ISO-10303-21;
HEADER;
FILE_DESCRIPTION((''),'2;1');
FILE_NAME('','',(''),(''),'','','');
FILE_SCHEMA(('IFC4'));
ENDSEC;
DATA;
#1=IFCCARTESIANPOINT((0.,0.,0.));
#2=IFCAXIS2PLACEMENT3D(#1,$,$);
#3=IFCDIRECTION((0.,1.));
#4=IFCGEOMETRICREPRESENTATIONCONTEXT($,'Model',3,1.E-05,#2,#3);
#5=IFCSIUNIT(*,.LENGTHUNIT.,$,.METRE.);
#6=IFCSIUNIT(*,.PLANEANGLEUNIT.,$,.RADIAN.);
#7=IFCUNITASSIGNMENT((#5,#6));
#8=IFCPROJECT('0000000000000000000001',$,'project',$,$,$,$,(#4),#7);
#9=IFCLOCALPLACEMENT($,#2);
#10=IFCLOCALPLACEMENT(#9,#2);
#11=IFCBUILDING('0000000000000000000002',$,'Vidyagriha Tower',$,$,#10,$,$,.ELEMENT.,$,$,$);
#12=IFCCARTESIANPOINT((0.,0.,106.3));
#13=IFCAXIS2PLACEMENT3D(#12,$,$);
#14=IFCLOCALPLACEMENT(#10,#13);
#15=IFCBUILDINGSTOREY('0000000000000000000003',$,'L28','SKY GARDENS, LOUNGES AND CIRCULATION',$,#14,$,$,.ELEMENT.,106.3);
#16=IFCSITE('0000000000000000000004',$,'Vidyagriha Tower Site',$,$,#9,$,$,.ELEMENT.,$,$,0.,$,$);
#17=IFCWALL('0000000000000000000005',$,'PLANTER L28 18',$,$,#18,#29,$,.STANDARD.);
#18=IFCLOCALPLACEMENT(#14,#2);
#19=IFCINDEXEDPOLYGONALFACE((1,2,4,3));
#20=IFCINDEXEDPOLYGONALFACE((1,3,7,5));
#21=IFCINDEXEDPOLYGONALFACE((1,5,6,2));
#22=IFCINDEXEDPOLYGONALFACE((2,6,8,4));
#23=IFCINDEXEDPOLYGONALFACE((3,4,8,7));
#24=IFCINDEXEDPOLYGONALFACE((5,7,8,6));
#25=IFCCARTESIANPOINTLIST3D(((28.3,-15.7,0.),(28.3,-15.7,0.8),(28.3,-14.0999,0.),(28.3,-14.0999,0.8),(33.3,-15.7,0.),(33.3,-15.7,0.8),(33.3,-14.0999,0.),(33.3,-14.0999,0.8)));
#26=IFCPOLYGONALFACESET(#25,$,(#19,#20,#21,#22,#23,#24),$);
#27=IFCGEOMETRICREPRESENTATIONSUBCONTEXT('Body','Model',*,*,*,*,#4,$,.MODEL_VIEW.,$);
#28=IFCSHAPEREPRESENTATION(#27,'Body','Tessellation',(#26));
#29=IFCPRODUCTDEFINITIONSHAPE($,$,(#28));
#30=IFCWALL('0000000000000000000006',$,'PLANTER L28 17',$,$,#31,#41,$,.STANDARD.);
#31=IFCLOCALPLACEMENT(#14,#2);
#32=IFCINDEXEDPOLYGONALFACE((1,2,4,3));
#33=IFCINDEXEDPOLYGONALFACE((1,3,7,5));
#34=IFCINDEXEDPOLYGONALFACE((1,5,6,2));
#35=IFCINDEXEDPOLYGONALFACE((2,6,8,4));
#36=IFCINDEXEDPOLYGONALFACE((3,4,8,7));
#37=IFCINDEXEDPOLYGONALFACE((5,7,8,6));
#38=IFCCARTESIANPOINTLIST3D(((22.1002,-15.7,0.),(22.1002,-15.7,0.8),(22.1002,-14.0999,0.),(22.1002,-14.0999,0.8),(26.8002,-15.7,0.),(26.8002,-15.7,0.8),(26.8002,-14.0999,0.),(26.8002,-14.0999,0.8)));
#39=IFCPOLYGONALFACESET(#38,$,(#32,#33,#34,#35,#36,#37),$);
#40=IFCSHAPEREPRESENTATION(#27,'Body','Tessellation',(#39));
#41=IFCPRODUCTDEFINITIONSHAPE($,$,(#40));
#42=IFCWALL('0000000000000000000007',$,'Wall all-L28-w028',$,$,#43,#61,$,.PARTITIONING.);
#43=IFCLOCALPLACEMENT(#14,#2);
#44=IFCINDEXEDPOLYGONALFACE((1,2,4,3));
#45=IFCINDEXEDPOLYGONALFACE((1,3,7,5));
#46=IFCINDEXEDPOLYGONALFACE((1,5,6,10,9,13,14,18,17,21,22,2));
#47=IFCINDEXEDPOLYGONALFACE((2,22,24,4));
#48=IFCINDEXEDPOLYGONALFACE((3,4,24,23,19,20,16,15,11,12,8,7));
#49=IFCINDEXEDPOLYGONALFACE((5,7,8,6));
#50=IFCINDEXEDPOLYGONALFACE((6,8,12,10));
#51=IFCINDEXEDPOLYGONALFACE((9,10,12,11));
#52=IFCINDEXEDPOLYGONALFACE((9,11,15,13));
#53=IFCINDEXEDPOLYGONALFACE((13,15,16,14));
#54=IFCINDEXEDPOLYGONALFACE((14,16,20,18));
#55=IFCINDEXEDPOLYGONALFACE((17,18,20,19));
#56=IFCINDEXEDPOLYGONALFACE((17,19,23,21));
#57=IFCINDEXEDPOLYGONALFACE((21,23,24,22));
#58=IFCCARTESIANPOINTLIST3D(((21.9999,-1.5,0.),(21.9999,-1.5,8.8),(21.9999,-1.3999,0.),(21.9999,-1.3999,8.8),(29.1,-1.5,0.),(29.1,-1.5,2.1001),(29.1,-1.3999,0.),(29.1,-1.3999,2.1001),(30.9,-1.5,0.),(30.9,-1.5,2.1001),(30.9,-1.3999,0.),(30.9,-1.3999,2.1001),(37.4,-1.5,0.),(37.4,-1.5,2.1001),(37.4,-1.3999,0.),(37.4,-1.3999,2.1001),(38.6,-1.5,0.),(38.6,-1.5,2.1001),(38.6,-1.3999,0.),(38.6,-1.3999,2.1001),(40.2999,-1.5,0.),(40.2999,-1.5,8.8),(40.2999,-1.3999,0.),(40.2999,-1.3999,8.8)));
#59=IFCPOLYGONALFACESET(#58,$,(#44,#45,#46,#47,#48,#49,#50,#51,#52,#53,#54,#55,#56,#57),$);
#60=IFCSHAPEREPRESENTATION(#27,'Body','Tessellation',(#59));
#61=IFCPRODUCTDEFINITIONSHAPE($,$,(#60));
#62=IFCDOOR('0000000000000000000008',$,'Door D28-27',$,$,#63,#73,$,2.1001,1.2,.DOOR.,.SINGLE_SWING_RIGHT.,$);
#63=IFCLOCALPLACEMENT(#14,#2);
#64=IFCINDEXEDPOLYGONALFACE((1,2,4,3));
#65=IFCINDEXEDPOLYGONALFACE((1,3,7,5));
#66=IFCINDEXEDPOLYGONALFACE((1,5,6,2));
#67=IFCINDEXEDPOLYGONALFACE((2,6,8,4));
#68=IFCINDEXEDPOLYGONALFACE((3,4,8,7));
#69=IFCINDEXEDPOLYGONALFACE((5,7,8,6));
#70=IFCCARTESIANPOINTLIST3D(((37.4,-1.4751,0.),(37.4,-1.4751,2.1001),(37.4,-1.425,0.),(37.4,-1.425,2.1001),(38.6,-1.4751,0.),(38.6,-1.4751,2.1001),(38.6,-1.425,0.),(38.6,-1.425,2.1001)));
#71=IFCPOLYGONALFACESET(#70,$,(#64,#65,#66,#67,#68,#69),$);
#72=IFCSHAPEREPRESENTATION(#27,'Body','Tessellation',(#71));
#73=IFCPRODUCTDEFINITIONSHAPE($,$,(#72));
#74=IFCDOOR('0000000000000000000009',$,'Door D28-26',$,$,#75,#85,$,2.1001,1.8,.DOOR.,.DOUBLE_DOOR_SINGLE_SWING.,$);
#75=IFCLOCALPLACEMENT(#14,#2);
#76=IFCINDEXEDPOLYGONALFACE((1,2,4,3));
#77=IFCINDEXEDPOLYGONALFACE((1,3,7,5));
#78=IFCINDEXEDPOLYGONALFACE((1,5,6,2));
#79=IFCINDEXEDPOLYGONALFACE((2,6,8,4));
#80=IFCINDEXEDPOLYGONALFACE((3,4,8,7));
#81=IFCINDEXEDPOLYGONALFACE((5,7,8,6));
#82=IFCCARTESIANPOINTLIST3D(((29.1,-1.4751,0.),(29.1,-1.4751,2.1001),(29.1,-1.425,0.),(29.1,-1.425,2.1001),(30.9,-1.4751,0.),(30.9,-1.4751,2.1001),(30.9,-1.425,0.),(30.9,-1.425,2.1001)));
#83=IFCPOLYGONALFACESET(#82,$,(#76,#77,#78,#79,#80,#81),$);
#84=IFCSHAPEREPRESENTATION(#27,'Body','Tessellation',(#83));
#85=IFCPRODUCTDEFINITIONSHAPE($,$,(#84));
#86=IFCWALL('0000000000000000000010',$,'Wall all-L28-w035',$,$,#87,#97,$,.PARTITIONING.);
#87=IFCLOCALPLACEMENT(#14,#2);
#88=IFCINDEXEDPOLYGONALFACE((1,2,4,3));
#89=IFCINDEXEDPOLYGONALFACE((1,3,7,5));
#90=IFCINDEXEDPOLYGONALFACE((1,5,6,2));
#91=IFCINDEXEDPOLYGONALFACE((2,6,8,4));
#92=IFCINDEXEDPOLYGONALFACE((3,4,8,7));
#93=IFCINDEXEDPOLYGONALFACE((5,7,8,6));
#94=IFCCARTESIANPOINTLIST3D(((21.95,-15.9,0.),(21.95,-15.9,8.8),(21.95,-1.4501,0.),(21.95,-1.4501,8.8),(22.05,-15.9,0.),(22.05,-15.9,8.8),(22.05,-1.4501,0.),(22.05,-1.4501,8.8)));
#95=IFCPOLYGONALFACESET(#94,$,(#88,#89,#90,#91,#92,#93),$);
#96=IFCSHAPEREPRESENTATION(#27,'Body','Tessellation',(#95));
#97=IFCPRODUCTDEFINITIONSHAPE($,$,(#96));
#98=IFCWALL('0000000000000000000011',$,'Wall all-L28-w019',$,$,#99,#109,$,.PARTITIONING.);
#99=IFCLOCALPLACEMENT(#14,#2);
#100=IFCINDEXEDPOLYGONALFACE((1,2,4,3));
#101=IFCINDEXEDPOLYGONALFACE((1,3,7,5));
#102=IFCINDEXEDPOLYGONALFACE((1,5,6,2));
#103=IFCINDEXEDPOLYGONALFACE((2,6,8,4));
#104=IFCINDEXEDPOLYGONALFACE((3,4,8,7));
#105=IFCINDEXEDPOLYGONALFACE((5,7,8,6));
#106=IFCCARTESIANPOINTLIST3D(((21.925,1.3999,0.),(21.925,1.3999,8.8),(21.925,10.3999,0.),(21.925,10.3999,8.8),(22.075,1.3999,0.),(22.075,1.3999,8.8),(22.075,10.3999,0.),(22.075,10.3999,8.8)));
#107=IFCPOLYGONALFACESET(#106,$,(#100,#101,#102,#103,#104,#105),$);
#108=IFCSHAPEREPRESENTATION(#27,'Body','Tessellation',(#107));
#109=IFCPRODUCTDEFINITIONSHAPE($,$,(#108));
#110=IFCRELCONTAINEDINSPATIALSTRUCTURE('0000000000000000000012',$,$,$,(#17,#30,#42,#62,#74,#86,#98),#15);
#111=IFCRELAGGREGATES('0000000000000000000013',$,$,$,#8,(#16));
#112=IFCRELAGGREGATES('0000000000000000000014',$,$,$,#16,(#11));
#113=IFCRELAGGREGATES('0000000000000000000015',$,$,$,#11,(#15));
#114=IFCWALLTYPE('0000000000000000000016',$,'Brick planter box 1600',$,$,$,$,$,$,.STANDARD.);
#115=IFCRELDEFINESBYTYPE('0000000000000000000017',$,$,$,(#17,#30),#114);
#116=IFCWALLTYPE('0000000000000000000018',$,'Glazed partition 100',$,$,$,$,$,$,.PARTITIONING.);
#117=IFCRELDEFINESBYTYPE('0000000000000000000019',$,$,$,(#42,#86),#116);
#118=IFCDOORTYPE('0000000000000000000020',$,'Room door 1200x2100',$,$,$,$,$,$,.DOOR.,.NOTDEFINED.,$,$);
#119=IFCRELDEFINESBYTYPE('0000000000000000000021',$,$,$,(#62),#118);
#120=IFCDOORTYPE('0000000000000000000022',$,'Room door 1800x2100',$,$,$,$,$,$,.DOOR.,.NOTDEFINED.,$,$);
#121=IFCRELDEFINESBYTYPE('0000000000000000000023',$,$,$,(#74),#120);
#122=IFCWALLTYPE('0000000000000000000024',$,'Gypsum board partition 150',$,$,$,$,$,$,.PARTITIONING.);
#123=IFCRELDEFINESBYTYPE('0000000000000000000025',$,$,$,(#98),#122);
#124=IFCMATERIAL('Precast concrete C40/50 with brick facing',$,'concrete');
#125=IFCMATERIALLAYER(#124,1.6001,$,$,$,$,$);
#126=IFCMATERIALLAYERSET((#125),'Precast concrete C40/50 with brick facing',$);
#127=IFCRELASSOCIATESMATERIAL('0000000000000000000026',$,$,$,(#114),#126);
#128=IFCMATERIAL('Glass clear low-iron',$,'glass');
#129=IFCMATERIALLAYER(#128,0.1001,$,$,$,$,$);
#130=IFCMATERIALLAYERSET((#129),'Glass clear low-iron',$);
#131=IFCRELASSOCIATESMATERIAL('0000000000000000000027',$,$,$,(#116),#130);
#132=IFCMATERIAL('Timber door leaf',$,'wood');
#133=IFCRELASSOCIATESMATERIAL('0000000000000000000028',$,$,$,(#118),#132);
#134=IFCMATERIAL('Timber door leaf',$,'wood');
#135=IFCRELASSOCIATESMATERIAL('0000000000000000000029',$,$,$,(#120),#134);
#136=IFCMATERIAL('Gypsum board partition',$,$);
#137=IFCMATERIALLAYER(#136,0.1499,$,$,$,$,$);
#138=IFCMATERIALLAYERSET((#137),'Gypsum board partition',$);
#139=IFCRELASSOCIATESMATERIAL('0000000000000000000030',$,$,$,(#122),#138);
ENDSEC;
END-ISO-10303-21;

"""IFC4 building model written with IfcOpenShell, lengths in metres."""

from ifc_helpers import new_model, si_unit, direction, frame, frame_2d, origin, place, context, subcontext, project, spatial, rectangle, extrude, material, layer, layer_set, type_object, element, fill, save


model = new_model("IFC4")

# Units and contexts
model_context = context("Model", 3, precision=1e-05, world=origin(), true_north=direction((0.0, 1.0)))
body_context = subcontext(model_context, "Body", "Model", "MODEL_VIEW")
ifc_project = project(units=[si_unit("LENGTHUNIT", "METRE"), si_unit("PLANEANGLEUNIT", "RADIAN")], contexts=[model_context])

# Site, building, storey
site_placement = place(None, origin())
site = spatial("IfcSite", under=ifc_project, at=site_placement, Name="Vidyagriha Tower Site", CompositionType="ELEMENT", RefElevation=0.0)
building_placement = place(site_placement, origin())
building = spatial("IfcBuilding", under=site, at=building_placement, Name="Vidyagriha Tower", CompositionType="ELEMENT")
storey_placement = place(building_placement, frame((0.0, 0.0, 106.3)))
storey = spatial("IfcBuildingStorey", under=building, at=storey_placement, Name="L28", Description="SKY GARDENS, LOUNGES AND CIRCULATION", CompositionType="ELEMENT", Elevation=106.3)

# Walls
ifc_material_1 = material(Name="Precast concrete C40/50 with brick facing", Category="concrete")
ifc_layer_1 = layer(ifc_material_1, 1.6001)
ifc_layer_set_1 = layer_set([ifc_layer_1], Name="Precast concrete C40/50 with brick facing")
wall_type_1 = type_object("IfcWallType", Name="Brick planter box 1600", PredefinedType="STANDARD", material=ifc_layer_set_1)
wall_1_placement = place(storey_placement, frame((28.3, -14.8999, 0.0)))
element("IfcWall", 1, at=wall_1_placement, inside=storey, type_object=wall_type_1, Name="PLANTER L28 18", PredefinedType="STANDARD", context=body_context, shape_type="SweptSolid", body=[
    extrude(rectangle(XDim=5.0, YDim=1.6001, at=frame_2d((2.5, 0.0))), origin(), (0.0, 0.0, 1.0), 0.8),
])
wall_2_placement = place(storey_placement, frame((22.1001, -14.8999, 0.0)))
element("IfcWall", 2, at=wall_2_placement, inside=storey, type_object=wall_type_1, Name="PLANTER L28 17", PredefinedType="STANDARD", context=body_context, shape_type="SweptSolid", body=[
    extrude(rectangle(XDim=4.7, YDim=1.6001, at=frame_2d((2.3501, 0.0))), origin(), (0.0, 0.0, 1.0), 0.8),
])

# Wall, openings, doors
ifc_material_2 = material(Name="Glass clear low-iron", Category="glass")
ifc_layer_2 = layer(ifc_material_2, 0.1001)
ifc_layer_set_2 = layer_set([ifc_layer_2], Name="Glass clear low-iron")
wall_type_2 = type_object("IfcWallType", Name="Glazed partition 100", PredefinedType="PARTITIONING", material=ifc_layer_set_2)
wall_3_placement = place(storey_placement, frame((22.0, -1.45, 0.0)))
wall_3 = element("IfcWall", 3, at=wall_3_placement, inside=storey, type_object=wall_type_2, Name="Wall all-L28-w028", PredefinedType="PARTITIONING", context=body_context, shape_type="SweptSolid", body=[
    extrude(rectangle(XDim=18.3, YDim=0.1001, at=frame_2d((9.1499, 0.0))), origin(), (0.0, 0.0, 1.0), 8.8),
])
opening_1_placement = place(wall_3_placement, frame((7.1001, 0.0, 0.0)))
opening_1 = element("IfcOpeningElement", 4, at=opening_1_placement, cuts=wall_3, PredefinedType="OPENING", context=body_context, shape_type="SweptSolid", body=[
    extrude(rectangle(XDim=1.8, YDim=2.1001, at=frame_2d((0.8999, 1.05))), frame((0.0, 0.0601, 0.0), z_axis=(0.0, -1.0, 0.0), x_axis=(1.0, 0.0, 0.0)), (0.0, 0.0, 1.0), 0.1201),
])
opening_2_placement = place(wall_3_placement, frame((15.3999, 0.0, 0.0)))
opening_2 = element("IfcOpeningElement", 5, at=opening_2_placement, cuts=wall_3, PredefinedType="OPENING", context=body_context, shape_type="SweptSolid", body=[
    extrude(rectangle(XDim=1.2, YDim=2.1001, at=frame_2d((0.6001, 1.05))), frame((0.0, 0.0601, 0.0), z_axis=(0.0, -1.0, 0.0), x_axis=(1.0, 0.0, 0.0)), (0.0, 0.0, 1.0), 0.1201),
])
ifc_material_3 = material(Name="Timber door leaf", Category="wood")
door_type_1 = type_object("IfcDoorType", Name="Room door 1200x2100", OperationType="NOTDEFINED", PredefinedType="DOOR", material=ifc_material_3)
door_1_placement = place(opening_2_placement, origin())
door_1 = element("IfcDoor", 6, at=door_1_placement, inside=storey, type_object=door_type_1, Name="Door D28-27", OperationType="SINGLE_SWING_RIGHT", OverallHeight=2.1001, OverallWidth=1.2, PredefinedType="DOOR", context=body_context, shape_type="SweptSolid", body=[
    extrude(rectangle(XDim=1.2, YDim=2.1001, at=frame_2d((0.6001, 1.05))), frame((0.0, 0.0249, 0.0), z_axis=(0.0, -1.0, 0.0), x_axis=(1.0, 0.0, 0.0)), (0.0, 0.0, 1.0), 0.05),
])
fill(opening_2, door_1)
ifc_material_4 = material(Name="Timber door leaf", Category="wood")
door_type_2 = type_object("IfcDoorType", Name="Room door 1800x2100", OperationType="NOTDEFINED", PredefinedType="DOOR", material=ifc_material_4)
door_2_placement = place(opening_1_placement, origin())
door_2 = element("IfcDoor", 7, at=door_2_placement, inside=storey, type_object=door_type_2, Name="Door D28-26", OperationType="DOUBLE_DOOR_SINGLE_SWING", OverallHeight=2.1001, OverallWidth=1.8, PredefinedType="DOOR", context=body_context, shape_type="SweptSolid", body=[
    extrude(rectangle(XDim=1.8, YDim=2.1001, at=frame_2d((0.8999, 1.05))), frame((0.0, 0.0249, 0.0), z_axis=(0.0, -1.0, 0.0), x_axis=(1.0, 0.0, 0.0)), (0.0, 0.0, 1.0), 0.05),
])
fill(opening_1, door_2)

# Walls
wall_4_placement = place(storey_placement, frame((22.0, -1.45, 0.0), z_axis=(0.0, 0.0, 1.0), x_axis=(0.0, -1.0, 0.0)))
element("IfcWall", 8, at=wall_4_placement, inside=storey, type_object=wall_type_2, Name="Wall all-L28-w035", PredefinedType="PARTITIONING", context=body_context, shape_type="SweptSolid", body=[
    extrude(rectangle(XDim=14.45, YDim=0.1001, at=frame_2d((7.2251, 0.0))), origin(), (0.0, 0.0, 1.0), 8.8),
])
ifc_material_5 = material(Name="Gypsum board partition")
ifc_layer_3 = layer(ifc_material_5, 0.1499)
ifc_layer_set_3 = layer_set([ifc_layer_3], Name="Gypsum board partition")
wall_type_3 = type_object("IfcWallType", Name="Gypsum board partition 150", PredefinedType="PARTITIONING", material=ifc_layer_set_3)
wall_5_placement = place(storey_placement, frame((22.0, 1.3999, 0.0), z_axis=(0.0, 0.0, 1.0), x_axis=(0.0, 1.0, 0.0)))
element("IfcWall", 9, at=wall_5_placement, inside=storey, type_object=wall_type_3, Name="Wall all-L28-w019", PredefinedType="PARTITIONING", context=body_context, shape_type="SweptSolid", body=[
    extrude(rectangle(XDim=9.0, YDim=0.1499, at=frame_2d((4.5, 0.0))), origin(), (0.0, 0.0, 1.0), 8.8),
])

save(model, "model.ifc")
